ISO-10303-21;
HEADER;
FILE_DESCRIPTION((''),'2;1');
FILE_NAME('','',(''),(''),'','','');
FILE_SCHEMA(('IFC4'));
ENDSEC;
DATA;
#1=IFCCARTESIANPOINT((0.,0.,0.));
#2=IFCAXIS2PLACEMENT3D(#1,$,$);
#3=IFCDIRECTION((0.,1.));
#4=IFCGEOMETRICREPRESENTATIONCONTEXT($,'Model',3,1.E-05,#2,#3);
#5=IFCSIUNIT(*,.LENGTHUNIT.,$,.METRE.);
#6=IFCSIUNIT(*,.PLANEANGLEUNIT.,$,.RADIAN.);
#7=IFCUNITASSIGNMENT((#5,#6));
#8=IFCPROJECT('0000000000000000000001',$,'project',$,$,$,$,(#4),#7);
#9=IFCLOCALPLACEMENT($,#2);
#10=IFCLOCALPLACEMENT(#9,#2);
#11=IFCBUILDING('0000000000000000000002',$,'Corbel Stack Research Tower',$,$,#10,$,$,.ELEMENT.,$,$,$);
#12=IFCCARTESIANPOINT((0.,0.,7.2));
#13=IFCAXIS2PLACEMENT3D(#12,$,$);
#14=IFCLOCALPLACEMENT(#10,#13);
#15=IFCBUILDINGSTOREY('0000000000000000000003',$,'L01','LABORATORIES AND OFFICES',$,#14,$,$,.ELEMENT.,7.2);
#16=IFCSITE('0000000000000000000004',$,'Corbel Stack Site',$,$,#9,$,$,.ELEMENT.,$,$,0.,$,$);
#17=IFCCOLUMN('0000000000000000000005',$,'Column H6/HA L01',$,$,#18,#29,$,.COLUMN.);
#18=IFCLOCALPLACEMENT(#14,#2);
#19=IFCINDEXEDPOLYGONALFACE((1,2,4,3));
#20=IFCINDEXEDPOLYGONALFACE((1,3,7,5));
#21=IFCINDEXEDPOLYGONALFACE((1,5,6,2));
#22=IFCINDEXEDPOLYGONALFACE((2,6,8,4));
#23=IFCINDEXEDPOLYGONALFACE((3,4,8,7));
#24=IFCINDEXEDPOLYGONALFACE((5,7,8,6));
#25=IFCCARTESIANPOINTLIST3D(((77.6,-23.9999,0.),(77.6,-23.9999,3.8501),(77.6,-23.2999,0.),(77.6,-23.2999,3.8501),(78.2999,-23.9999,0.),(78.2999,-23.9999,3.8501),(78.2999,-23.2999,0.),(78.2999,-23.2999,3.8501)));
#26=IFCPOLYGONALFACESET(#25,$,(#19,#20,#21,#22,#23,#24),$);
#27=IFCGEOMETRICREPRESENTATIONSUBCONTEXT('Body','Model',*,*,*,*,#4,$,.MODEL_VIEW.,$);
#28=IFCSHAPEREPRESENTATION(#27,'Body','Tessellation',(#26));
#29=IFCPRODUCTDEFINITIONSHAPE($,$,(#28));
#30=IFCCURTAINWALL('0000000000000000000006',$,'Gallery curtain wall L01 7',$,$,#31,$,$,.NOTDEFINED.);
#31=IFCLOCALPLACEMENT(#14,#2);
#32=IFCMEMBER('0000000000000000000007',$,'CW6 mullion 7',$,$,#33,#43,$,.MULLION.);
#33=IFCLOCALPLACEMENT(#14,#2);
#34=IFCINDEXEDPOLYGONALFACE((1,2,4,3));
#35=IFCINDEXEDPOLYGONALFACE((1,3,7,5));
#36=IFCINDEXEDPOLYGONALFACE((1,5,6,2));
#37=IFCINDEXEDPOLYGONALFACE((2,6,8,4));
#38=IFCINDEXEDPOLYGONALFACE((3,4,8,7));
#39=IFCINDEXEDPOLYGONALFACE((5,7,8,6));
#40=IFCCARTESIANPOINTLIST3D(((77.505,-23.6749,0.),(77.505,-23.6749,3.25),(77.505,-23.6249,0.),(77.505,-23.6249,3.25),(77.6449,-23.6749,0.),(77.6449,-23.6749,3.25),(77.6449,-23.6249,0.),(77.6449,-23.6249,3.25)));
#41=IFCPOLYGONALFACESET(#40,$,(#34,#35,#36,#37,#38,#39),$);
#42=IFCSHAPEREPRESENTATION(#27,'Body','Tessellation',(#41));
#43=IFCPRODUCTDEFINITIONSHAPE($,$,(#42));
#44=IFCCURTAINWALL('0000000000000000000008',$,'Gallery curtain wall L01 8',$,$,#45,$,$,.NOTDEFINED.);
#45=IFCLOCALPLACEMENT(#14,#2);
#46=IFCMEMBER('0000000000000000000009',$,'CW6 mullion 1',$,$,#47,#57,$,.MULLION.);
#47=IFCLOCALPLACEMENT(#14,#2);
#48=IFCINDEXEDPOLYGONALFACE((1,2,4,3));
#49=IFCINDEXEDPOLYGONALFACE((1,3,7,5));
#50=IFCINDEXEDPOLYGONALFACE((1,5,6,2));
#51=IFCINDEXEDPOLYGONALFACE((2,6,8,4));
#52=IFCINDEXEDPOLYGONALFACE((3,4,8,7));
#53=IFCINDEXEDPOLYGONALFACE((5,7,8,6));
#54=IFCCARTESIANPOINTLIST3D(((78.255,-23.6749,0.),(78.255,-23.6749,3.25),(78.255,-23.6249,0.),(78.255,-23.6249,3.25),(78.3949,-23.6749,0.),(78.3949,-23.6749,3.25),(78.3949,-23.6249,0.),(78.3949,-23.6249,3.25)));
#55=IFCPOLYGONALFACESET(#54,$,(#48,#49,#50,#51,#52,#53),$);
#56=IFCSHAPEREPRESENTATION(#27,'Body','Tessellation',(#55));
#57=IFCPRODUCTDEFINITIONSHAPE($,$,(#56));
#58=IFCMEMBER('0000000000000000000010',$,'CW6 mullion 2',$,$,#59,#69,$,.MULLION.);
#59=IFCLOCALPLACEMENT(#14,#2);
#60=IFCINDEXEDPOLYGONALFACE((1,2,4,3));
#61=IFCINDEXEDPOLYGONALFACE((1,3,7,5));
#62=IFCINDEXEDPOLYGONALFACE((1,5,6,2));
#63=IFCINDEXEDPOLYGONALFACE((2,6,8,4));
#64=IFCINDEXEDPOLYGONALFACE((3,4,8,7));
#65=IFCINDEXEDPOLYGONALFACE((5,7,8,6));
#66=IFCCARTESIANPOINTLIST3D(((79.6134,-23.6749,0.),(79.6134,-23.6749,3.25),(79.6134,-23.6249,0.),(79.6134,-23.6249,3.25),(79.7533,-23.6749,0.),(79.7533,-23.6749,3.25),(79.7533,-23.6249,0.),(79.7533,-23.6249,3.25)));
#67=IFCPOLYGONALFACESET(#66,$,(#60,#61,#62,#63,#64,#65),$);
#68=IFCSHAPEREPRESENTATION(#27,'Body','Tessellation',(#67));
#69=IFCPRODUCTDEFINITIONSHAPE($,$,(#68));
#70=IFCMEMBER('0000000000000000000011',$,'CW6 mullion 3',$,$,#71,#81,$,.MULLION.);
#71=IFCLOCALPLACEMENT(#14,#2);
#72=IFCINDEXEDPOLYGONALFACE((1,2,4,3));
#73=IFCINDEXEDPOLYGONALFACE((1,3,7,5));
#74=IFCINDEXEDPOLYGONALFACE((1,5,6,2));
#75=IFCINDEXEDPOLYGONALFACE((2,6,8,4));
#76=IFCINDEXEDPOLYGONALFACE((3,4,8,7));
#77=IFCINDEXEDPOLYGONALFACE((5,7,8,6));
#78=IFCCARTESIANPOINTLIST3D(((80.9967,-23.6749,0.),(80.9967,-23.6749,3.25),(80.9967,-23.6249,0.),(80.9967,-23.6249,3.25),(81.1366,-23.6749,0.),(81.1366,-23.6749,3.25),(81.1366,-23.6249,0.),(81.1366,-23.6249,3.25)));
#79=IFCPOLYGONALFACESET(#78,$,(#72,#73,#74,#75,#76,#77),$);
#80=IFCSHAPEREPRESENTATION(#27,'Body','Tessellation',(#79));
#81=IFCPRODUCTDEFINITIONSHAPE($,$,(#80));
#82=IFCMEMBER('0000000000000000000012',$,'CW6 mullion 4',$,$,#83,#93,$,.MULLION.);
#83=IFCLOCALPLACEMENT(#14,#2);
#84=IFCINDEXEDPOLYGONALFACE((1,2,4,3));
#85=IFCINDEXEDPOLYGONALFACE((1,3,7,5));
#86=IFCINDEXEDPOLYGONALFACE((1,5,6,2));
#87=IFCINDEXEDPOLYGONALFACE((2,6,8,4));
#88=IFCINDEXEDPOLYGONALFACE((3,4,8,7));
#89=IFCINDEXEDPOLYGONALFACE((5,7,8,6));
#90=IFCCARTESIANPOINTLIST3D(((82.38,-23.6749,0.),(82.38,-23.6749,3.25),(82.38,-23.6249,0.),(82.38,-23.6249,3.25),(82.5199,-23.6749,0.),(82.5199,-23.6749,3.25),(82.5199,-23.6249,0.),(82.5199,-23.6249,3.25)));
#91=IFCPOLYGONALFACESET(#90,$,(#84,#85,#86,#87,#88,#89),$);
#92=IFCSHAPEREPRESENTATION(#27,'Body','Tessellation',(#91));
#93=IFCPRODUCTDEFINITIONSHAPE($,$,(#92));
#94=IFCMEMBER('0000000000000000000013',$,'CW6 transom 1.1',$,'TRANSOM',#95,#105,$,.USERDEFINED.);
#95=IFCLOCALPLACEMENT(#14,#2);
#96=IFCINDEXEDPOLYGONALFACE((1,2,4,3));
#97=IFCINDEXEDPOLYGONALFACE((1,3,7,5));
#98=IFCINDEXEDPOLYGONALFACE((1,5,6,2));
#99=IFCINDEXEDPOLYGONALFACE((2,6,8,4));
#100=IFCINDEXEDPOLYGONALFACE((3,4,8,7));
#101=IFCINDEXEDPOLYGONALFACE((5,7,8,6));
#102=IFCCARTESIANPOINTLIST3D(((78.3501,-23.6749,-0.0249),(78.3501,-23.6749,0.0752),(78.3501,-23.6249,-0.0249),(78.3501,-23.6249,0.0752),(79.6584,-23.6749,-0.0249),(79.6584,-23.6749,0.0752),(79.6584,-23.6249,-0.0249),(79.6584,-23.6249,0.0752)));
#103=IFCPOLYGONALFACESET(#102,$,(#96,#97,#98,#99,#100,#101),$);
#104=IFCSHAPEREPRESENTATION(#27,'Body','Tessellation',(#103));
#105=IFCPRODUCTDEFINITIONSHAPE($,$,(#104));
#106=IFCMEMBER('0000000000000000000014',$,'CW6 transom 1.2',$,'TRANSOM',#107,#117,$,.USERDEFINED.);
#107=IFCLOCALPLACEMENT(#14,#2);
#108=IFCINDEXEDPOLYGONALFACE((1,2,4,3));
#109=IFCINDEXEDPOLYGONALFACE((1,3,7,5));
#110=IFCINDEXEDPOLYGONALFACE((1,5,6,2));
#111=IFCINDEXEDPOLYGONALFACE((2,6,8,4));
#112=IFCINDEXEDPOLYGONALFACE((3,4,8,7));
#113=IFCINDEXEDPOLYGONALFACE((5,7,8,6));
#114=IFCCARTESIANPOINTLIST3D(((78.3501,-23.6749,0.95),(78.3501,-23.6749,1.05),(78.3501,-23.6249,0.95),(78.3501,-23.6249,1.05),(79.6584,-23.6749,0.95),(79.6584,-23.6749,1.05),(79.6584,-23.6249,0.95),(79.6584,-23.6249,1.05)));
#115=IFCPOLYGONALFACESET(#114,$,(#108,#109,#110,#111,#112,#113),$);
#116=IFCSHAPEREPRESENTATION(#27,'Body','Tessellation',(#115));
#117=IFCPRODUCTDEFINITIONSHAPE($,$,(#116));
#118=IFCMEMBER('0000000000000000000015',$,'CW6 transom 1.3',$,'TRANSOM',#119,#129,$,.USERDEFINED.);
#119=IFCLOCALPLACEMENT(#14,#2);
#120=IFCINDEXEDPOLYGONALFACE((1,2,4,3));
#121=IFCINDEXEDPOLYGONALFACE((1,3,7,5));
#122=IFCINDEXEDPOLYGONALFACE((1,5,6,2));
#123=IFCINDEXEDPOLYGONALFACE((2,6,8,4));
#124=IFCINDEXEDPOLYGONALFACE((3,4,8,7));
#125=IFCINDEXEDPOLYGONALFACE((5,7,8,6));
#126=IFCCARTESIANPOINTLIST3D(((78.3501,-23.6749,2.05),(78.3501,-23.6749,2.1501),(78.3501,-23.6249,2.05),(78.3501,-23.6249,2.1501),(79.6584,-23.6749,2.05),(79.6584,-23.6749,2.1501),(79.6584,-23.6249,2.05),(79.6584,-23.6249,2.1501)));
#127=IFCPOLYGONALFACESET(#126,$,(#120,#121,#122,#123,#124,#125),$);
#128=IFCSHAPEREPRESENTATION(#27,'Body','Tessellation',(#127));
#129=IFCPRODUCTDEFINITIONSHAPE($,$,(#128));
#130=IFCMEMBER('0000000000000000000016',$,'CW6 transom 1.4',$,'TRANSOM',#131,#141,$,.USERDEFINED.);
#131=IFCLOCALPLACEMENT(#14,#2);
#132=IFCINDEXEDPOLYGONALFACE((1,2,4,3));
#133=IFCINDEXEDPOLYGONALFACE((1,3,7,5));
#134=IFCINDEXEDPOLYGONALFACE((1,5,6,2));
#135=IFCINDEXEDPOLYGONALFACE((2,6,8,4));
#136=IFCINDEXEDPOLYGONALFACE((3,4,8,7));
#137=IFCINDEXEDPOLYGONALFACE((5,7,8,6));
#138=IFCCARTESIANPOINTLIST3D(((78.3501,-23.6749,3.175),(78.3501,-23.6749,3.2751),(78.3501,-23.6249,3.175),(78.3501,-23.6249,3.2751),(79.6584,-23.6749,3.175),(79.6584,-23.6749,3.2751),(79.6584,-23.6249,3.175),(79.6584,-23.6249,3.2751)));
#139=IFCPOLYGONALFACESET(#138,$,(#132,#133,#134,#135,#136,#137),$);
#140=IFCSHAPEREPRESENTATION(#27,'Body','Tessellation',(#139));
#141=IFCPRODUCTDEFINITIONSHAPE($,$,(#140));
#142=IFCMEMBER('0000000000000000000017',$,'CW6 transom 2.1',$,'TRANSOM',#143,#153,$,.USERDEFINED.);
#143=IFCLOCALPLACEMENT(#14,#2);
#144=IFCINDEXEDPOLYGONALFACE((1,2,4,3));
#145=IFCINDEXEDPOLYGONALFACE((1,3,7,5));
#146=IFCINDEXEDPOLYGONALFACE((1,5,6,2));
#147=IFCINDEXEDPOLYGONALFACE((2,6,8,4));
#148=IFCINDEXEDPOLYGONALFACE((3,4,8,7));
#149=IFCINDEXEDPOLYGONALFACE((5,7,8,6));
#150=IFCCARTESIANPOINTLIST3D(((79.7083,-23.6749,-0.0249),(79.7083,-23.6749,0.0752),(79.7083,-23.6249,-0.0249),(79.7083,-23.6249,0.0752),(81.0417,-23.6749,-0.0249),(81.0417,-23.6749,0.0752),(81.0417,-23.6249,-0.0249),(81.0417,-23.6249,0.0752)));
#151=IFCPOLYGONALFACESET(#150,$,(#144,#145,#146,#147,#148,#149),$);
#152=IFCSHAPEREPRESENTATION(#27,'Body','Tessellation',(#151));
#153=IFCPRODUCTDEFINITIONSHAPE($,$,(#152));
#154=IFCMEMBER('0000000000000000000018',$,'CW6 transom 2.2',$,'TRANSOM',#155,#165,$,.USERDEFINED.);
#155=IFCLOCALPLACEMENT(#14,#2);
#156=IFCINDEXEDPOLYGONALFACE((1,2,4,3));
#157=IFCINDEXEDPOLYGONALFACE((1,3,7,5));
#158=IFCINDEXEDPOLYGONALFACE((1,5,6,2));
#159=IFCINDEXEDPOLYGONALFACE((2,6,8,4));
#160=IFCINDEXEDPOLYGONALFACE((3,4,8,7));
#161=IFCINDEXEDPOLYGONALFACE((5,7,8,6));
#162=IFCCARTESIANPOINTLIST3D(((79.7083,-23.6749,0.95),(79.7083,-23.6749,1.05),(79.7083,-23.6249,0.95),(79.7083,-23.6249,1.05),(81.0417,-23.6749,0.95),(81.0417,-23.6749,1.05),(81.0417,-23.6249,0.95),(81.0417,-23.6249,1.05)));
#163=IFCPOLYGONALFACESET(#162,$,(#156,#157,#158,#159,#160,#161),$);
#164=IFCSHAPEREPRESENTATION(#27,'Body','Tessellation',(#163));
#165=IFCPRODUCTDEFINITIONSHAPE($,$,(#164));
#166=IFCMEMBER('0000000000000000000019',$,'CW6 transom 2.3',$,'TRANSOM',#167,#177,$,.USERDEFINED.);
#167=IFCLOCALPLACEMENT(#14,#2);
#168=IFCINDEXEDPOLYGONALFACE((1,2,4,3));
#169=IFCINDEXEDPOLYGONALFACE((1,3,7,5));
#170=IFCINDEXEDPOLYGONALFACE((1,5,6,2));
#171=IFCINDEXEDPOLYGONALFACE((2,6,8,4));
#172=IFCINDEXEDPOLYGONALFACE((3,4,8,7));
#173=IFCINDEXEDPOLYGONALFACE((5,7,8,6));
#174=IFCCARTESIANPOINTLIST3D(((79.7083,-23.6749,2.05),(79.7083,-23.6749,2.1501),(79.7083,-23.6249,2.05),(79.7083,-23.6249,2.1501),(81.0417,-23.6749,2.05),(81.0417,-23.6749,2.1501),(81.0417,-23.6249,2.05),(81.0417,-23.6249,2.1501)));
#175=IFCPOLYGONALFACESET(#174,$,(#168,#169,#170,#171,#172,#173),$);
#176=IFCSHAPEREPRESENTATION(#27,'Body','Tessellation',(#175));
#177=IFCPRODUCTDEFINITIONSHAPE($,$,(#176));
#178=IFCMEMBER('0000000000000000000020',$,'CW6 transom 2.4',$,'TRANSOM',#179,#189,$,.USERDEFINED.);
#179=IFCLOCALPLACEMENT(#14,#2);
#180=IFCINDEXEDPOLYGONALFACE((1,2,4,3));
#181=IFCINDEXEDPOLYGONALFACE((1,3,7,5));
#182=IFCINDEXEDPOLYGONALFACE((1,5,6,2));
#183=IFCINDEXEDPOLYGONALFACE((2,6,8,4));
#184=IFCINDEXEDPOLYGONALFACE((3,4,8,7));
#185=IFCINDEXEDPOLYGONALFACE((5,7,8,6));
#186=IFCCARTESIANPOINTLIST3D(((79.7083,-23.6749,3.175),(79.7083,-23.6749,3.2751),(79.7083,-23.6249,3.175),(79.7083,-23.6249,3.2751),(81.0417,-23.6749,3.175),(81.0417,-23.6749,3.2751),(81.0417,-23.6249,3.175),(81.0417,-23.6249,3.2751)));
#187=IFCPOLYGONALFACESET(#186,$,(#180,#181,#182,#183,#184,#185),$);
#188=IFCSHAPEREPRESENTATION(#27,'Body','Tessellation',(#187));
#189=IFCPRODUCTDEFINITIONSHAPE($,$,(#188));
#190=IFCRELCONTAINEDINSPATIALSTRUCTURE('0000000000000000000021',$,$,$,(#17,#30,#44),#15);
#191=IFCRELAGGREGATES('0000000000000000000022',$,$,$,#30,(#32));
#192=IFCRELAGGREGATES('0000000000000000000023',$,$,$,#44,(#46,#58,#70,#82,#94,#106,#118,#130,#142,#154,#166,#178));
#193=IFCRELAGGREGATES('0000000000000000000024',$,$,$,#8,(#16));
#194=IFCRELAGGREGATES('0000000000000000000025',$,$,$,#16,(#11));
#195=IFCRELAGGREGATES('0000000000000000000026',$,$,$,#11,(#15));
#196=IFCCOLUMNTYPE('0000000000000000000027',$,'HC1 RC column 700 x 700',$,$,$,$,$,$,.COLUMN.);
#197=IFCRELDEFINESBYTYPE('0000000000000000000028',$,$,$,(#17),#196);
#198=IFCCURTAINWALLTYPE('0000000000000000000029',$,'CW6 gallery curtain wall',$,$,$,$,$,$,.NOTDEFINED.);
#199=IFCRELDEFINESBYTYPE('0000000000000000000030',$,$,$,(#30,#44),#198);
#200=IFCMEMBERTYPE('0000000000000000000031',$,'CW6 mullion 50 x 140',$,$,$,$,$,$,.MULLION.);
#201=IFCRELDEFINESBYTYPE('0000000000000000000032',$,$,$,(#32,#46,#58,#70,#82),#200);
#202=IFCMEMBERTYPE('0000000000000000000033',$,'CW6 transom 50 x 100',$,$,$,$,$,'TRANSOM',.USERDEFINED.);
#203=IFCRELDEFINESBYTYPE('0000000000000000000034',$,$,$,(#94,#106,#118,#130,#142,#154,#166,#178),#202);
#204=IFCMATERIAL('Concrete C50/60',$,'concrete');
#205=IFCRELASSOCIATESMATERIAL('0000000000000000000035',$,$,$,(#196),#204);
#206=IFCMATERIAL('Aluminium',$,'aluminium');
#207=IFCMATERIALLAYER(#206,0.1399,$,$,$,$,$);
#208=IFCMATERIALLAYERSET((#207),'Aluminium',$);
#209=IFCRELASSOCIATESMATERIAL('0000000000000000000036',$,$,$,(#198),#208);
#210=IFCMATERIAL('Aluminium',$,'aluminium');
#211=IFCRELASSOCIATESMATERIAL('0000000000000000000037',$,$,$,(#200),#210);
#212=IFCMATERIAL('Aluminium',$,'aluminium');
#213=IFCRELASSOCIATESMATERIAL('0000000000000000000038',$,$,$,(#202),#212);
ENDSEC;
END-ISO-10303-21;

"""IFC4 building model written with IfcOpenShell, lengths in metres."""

from ifc_helpers import new_model, si_unit, direction, frame, origin, origin_2d, place, context, subcontext, project, spatial, rectangle, extrude, material, layer, layer_set, material_profile, profile_set, type_object, element, aggregate, save


model = new_model("IFC4")

# Units and contexts
model_context = context("Model", 3, precision=1e-05, world=origin(), true_north=direction((0.0, 1.0)))
body_context = subcontext(model_context, "Body", "Model", "MODEL_VIEW")
ifc_project = project(units=[si_unit("LENGTHUNIT", "METRE"), si_unit("PLANEANGLEUNIT", "RADIAN")], contexts=[model_context])

# Site, building, storey
site_placement = place(None, origin())
site = spatial("IfcSite", under=ifc_project, at=site_placement, Name="Corbel Stack Site", CompositionType="ELEMENT", RefElevation=0.0)
building_placement = place(site_placement, origin())
building = spatial("IfcBuilding", under=site, at=building_placement, Name="Corbel Stack Research Tower", CompositionType="ELEMENT")
storey_placement = place(building_placement, frame((0.0, 0.0, 7.2)))
storey = spatial("IfcBuildingStorey", under=building, at=storey_placement, Name="L01", Description="LABORATORIES AND OFFICES", CompositionType="ELEMENT", Elevation=7.2)

# Column
ifc_material_1 = material(Name="Concrete C50/60", Category="concrete")
ifc_material_profile_1 = material_profile(ifc_material_1, rectangle(XDim=0.7, YDim=0.7, at=origin_2d()), Name="RC 700 x 700")
ifc_profile_set_1 = profile_set([ifc_material_profile_1], Name="Concrete C50/60")
column_type = type_object("IfcColumnType", Name="HC1 RC column 700 x 700", PredefinedType="COLUMN", material=ifc_profile_set_1)
column_placement = place(storey_placement, frame((77.95, -23.6499, 0.0), z_axis=(0.0, 0.0, 1.0), x_axis=(1.0, 0.0, 0.0)))
element("IfcColumn", 1, at=column_placement, inside=storey, type_object=column_type, Name="Column H6/HA L01", PredefinedType="COLUMN", context=body_context, shape_type="SweptSolid", body=[
    extrude(rectangle(XDim=0.7, YDim=0.7, at=origin_2d()), origin(), (0.0, 0.0, 1.0), 3.8501),
])

# Curtain wall, member
ifc_material_2 = material(Name="Aluminium", Category="aluminium")
ifc_layer_1 = layer(ifc_material_2, 0.1399)
ifc_layer_set_1 = layer_set([ifc_layer_1], Name="Aluminium")
curtain_wall_type = type_object("IfcCurtainWallType", Name="CW6 gallery curtain wall", PredefinedType="NOTDEFINED", material=ifc_layer_set_1)
curtain_wall_1_placement = place(storey_placement, origin())
curtain_wall_1 = element("IfcCurtainWall", 2, at=curtain_wall_1_placement, inside=storey, type_object=curtain_wall_type, Name="Gallery curtain wall L01 7", PredefinedType="NOTDEFINED")
ifc_material_3 = material(Name="Aluminium", Category="aluminium")
ifc_material_profile_2 = material_profile(ifc_material_3, rectangle(XDim=0.05, YDim=0.1399, at=origin_2d()), Name="Mullion 50 x 140")
ifc_profile_set_2 = profile_set([ifc_material_profile_2], Name="Aluminium")
member_type_1 = type_object("IfcMemberType", Name="CW6 mullion 50 x 140", PredefinedType="MULLION", material=ifc_profile_set_2)
member_1_placement = place(storey_placement, frame((77.575, -23.6499, 0.0), z_axis=(0.0, 0.0, 1.0), x_axis=(0.0, 1.0, 0.0)))
member_1 = element("IfcMember", 3, at=member_1_placement, type_object=member_type_1, Name="CW6 mullion 7", PredefinedType="MULLION", context=body_context, shape_type="SweptSolid", body=[
    extrude(rectangle(XDim=0.05, YDim=0.1399, at=origin_2d()), origin(), (0.0, 0.0, 1.0), 3.25),
])

# Curtain wall, members
curtain_wall_2_placement = place(storey_placement, origin())
curtain_wall_2 = element("IfcCurtainWall", 4, at=curtain_wall_2_placement, inside=storey, type_object=curtain_wall_type, Name="Gallery curtain wall L01 8", PredefinedType="NOTDEFINED")
member_2_placement = place(storey_placement, frame((78.325, -23.6499, 0.0), z_axis=(0.0, 0.0, 1.0), x_axis=(0.0, 1.0, 0.0)))
member_2 = element("IfcMember", 5, at=member_2_placement, type_object=member_type_1, Name="CW6 mullion 1", PredefinedType="MULLION", context=body_context, shape_type="SweptSolid", body=[
    extrude(rectangle(XDim=0.05, YDim=0.1399, at=origin_2d()), origin(), (0.0, 0.0, 1.0), 3.25),
])
member_3_placement = place(storey_placement, frame((79.6833, -23.6499, 0.0), z_axis=(0.0, 0.0, 1.0), x_axis=(0.0, 1.0, 0.0)))
member_3 = element("IfcMember", 6, at=member_3_placement, type_object=member_type_1, Name="CW6 mullion 2", PredefinedType="MULLION", context=body_context, shape_type="SweptSolid", body=[
    extrude(rectangle(XDim=0.05, YDim=0.1399, at=origin_2d()), origin(), (0.0, 0.0, 1.0), 3.25),
])
member_4_placement = place(storey_placement, frame((81.0667, -23.6499, 0.0), z_axis=(0.0, 0.0, 1.0), x_axis=(0.0, 1.0, 0.0)))
member_4 = element("IfcMember", 7, at=member_4_placement, type_object=member_type_1, Name="CW6 mullion 3", PredefinedType="MULLION", context=body_context, shape_type="SweptSolid", body=[
    extrude(rectangle(XDim=0.05, YDim=0.1399, at=origin_2d()), origin(), (0.0, 0.0, 1.0), 3.25),
])
member_5_placement = place(storey_placement, frame((82.45, -23.6499, 0.0), z_axis=(0.0, 0.0, 1.0), x_axis=(0.0, 1.0, 0.0)))
member_5 = element("IfcMember", 8, at=member_5_placement, type_object=member_type_1, Name="CW6 mullion 4", PredefinedType="MULLION", context=body_context, shape_type="SweptSolid", body=[
    extrude(rectangle(XDim=0.05, YDim=0.1399, at=origin_2d()), origin(), (0.0, 0.0, 1.0), 3.25),
])
ifc_material_4 = material(Name="Aluminium", Category="aluminium")
ifc_material_profile_3 = material_profile(ifc_material_4, rectangle(XDim=0.05, YDim=0.1001, at=origin_2d()), Name="Transom 50 x 100")
ifc_profile_set_3 = profile_set([ifc_material_profile_3], Name="Aluminium")
member_type_2 = type_object("IfcMemberType", Name="CW6 transom 50 x 100", ElementType="TRANSOM", PredefinedType="USERDEFINED", material=ifc_profile_set_3)
member_6_placement = place(storey_placement, frame((78.3501, -23.6499, 0.0251), z_axis=(1.0, 0.0, 0.0), x_axis=(0.0, 1.0, 0.0)))
member_6 = element("IfcMember", 9, at=member_6_placement, type_object=member_type_2, Name="CW6 transom 1.1", ObjectType="TRANSOM", PredefinedType="USERDEFINED", context=body_context, shape_type="SweptSolid", body=[
    extrude(rectangle(XDim=0.05, YDim=0.1001, at=origin_2d()), origin(), (0.0, 0.0, 1.0), 1.3083),
])
member_7_placement = place(storey_placement, frame((78.3501, -23.6499, 1.0), z_axis=(1.0, 0.0, 0.0), x_axis=(0.0, 1.0, 0.0)))
member_7 = element("IfcMember", 10, at=member_7_placement, type_object=member_type_2, Name="CW6 transom 1.2", ObjectType="TRANSOM", PredefinedType="USERDEFINED", context=body_context, shape_type="SweptSolid", body=[
    extrude(rectangle(XDim=0.05, YDim=0.1001, at=origin_2d()), origin(), (0.0, 0.0, 1.0), 1.3083),
])
member_8_placement = place(storey_placement, frame((78.3501, -23.6499, 2.1001), z_axis=(1.0, 0.0, 0.0), x_axis=(0.0, 1.0, 0.0)))
member_8 = element("IfcMember", 11, at=member_8_placement, type_object=member_type_2, Name="CW6 transom 1.3", ObjectType="TRANSOM", PredefinedType="USERDEFINED", context=body_context, shape_type="SweptSolid", body=[
    extrude(rectangle(XDim=0.05, YDim=0.1001, at=origin_2d()), origin(), (0.0, 0.0, 1.0), 1.3083),
])
member_9_placement = place(storey_placement, frame((78.3501, -23.6499, 3.2251), z_axis=(1.0, 0.0, 0.0), x_axis=(0.0, 1.0, 0.0)))
member_9 = element("IfcMember", 12, at=member_9_placement, type_object=member_type_2, Name="CW6 transom 1.4", ObjectType="TRANSOM", PredefinedType="USERDEFINED", context=body_context, shape_type="SweptSolid", body=[
    extrude(rectangle(XDim=0.05, YDim=0.1001, at=origin_2d()), origin(), (0.0, 0.0, 1.0), 1.3083),
])
member_10_placement = place(storey_placement, frame((79.7083, -23.6499, 0.0251), z_axis=(1.0, 0.0, 0.0), x_axis=(0.0, 1.0, 0.0)))
member_10 = element("IfcMember", 13, at=member_10_placement, type_object=member_type_2, Name="CW6 transom 2.1", ObjectType="TRANSOM", PredefinedType="USERDEFINED", context=body_context, shape_type="SweptSolid", body=[
    extrude(rectangle(XDim=0.05, YDim=0.1001, at=origin_2d()), origin(), (0.0, 0.0, 1.0), 1.3335),
])
member_11_placement = place(storey_placement, frame((79.7083, -23.6499, 1.0), z_axis=(1.0, 0.0, 0.0), x_axis=(0.0, 1.0, 0.0)))
member_11 = element("IfcMember", 14, at=member_11_placement, type_object=member_type_2, Name="CW6 transom 2.2", ObjectType="TRANSOM", PredefinedType="USERDEFINED", context=body_context, shape_type="SweptSolid", body=[
    extrude(rectangle(XDim=0.05, YDim=0.1001, at=origin_2d()), origin(), (0.0, 0.0, 1.0), 1.3335),
])
member_12_placement = place(storey_placement, frame((79.7083, -23.6499, 2.1001), z_axis=(1.0, 0.0, 0.0), x_axis=(0.0, 1.0, 0.0)))
member_12 = element("IfcMember", 15, at=member_12_placement, type_object=member_type_2, Name="CW6 transom 2.3", ObjectType="TRANSOM", PredefinedType="USERDEFINED", context=body_context, shape_type="SweptSolid", body=[
    extrude(rectangle(XDim=0.05, YDim=0.1001, at=origin_2d()), origin(), (0.0, 0.0, 1.0), 1.3335),
])
member_13_placement = place(storey_placement, frame((79.7083, -23.6499, 3.2251), z_axis=(1.0, 0.0, 0.0), x_axis=(0.0, 1.0, 0.0)))
member_13 = element("IfcMember", 16, at=member_13_placement, type_object=member_type_2, Name="CW6 transom 2.4", ObjectType="TRANSOM", PredefinedType="USERDEFINED", context=body_context, shape_type="SweptSolid", body=[
    extrude(rectangle(XDim=0.05, YDim=0.1001, at=origin_2d()), origin(), (0.0, 0.0, 1.0), 1.3335),
])

aggregate(curtain_wall_1, [member_1])
aggregate(curtain_wall_2, [member_2, member_3, member_4, member_5, member_6, member_7, member_8, member_9, member_10, member_11, member_12, member_13])

save(model, "model.ifc")
